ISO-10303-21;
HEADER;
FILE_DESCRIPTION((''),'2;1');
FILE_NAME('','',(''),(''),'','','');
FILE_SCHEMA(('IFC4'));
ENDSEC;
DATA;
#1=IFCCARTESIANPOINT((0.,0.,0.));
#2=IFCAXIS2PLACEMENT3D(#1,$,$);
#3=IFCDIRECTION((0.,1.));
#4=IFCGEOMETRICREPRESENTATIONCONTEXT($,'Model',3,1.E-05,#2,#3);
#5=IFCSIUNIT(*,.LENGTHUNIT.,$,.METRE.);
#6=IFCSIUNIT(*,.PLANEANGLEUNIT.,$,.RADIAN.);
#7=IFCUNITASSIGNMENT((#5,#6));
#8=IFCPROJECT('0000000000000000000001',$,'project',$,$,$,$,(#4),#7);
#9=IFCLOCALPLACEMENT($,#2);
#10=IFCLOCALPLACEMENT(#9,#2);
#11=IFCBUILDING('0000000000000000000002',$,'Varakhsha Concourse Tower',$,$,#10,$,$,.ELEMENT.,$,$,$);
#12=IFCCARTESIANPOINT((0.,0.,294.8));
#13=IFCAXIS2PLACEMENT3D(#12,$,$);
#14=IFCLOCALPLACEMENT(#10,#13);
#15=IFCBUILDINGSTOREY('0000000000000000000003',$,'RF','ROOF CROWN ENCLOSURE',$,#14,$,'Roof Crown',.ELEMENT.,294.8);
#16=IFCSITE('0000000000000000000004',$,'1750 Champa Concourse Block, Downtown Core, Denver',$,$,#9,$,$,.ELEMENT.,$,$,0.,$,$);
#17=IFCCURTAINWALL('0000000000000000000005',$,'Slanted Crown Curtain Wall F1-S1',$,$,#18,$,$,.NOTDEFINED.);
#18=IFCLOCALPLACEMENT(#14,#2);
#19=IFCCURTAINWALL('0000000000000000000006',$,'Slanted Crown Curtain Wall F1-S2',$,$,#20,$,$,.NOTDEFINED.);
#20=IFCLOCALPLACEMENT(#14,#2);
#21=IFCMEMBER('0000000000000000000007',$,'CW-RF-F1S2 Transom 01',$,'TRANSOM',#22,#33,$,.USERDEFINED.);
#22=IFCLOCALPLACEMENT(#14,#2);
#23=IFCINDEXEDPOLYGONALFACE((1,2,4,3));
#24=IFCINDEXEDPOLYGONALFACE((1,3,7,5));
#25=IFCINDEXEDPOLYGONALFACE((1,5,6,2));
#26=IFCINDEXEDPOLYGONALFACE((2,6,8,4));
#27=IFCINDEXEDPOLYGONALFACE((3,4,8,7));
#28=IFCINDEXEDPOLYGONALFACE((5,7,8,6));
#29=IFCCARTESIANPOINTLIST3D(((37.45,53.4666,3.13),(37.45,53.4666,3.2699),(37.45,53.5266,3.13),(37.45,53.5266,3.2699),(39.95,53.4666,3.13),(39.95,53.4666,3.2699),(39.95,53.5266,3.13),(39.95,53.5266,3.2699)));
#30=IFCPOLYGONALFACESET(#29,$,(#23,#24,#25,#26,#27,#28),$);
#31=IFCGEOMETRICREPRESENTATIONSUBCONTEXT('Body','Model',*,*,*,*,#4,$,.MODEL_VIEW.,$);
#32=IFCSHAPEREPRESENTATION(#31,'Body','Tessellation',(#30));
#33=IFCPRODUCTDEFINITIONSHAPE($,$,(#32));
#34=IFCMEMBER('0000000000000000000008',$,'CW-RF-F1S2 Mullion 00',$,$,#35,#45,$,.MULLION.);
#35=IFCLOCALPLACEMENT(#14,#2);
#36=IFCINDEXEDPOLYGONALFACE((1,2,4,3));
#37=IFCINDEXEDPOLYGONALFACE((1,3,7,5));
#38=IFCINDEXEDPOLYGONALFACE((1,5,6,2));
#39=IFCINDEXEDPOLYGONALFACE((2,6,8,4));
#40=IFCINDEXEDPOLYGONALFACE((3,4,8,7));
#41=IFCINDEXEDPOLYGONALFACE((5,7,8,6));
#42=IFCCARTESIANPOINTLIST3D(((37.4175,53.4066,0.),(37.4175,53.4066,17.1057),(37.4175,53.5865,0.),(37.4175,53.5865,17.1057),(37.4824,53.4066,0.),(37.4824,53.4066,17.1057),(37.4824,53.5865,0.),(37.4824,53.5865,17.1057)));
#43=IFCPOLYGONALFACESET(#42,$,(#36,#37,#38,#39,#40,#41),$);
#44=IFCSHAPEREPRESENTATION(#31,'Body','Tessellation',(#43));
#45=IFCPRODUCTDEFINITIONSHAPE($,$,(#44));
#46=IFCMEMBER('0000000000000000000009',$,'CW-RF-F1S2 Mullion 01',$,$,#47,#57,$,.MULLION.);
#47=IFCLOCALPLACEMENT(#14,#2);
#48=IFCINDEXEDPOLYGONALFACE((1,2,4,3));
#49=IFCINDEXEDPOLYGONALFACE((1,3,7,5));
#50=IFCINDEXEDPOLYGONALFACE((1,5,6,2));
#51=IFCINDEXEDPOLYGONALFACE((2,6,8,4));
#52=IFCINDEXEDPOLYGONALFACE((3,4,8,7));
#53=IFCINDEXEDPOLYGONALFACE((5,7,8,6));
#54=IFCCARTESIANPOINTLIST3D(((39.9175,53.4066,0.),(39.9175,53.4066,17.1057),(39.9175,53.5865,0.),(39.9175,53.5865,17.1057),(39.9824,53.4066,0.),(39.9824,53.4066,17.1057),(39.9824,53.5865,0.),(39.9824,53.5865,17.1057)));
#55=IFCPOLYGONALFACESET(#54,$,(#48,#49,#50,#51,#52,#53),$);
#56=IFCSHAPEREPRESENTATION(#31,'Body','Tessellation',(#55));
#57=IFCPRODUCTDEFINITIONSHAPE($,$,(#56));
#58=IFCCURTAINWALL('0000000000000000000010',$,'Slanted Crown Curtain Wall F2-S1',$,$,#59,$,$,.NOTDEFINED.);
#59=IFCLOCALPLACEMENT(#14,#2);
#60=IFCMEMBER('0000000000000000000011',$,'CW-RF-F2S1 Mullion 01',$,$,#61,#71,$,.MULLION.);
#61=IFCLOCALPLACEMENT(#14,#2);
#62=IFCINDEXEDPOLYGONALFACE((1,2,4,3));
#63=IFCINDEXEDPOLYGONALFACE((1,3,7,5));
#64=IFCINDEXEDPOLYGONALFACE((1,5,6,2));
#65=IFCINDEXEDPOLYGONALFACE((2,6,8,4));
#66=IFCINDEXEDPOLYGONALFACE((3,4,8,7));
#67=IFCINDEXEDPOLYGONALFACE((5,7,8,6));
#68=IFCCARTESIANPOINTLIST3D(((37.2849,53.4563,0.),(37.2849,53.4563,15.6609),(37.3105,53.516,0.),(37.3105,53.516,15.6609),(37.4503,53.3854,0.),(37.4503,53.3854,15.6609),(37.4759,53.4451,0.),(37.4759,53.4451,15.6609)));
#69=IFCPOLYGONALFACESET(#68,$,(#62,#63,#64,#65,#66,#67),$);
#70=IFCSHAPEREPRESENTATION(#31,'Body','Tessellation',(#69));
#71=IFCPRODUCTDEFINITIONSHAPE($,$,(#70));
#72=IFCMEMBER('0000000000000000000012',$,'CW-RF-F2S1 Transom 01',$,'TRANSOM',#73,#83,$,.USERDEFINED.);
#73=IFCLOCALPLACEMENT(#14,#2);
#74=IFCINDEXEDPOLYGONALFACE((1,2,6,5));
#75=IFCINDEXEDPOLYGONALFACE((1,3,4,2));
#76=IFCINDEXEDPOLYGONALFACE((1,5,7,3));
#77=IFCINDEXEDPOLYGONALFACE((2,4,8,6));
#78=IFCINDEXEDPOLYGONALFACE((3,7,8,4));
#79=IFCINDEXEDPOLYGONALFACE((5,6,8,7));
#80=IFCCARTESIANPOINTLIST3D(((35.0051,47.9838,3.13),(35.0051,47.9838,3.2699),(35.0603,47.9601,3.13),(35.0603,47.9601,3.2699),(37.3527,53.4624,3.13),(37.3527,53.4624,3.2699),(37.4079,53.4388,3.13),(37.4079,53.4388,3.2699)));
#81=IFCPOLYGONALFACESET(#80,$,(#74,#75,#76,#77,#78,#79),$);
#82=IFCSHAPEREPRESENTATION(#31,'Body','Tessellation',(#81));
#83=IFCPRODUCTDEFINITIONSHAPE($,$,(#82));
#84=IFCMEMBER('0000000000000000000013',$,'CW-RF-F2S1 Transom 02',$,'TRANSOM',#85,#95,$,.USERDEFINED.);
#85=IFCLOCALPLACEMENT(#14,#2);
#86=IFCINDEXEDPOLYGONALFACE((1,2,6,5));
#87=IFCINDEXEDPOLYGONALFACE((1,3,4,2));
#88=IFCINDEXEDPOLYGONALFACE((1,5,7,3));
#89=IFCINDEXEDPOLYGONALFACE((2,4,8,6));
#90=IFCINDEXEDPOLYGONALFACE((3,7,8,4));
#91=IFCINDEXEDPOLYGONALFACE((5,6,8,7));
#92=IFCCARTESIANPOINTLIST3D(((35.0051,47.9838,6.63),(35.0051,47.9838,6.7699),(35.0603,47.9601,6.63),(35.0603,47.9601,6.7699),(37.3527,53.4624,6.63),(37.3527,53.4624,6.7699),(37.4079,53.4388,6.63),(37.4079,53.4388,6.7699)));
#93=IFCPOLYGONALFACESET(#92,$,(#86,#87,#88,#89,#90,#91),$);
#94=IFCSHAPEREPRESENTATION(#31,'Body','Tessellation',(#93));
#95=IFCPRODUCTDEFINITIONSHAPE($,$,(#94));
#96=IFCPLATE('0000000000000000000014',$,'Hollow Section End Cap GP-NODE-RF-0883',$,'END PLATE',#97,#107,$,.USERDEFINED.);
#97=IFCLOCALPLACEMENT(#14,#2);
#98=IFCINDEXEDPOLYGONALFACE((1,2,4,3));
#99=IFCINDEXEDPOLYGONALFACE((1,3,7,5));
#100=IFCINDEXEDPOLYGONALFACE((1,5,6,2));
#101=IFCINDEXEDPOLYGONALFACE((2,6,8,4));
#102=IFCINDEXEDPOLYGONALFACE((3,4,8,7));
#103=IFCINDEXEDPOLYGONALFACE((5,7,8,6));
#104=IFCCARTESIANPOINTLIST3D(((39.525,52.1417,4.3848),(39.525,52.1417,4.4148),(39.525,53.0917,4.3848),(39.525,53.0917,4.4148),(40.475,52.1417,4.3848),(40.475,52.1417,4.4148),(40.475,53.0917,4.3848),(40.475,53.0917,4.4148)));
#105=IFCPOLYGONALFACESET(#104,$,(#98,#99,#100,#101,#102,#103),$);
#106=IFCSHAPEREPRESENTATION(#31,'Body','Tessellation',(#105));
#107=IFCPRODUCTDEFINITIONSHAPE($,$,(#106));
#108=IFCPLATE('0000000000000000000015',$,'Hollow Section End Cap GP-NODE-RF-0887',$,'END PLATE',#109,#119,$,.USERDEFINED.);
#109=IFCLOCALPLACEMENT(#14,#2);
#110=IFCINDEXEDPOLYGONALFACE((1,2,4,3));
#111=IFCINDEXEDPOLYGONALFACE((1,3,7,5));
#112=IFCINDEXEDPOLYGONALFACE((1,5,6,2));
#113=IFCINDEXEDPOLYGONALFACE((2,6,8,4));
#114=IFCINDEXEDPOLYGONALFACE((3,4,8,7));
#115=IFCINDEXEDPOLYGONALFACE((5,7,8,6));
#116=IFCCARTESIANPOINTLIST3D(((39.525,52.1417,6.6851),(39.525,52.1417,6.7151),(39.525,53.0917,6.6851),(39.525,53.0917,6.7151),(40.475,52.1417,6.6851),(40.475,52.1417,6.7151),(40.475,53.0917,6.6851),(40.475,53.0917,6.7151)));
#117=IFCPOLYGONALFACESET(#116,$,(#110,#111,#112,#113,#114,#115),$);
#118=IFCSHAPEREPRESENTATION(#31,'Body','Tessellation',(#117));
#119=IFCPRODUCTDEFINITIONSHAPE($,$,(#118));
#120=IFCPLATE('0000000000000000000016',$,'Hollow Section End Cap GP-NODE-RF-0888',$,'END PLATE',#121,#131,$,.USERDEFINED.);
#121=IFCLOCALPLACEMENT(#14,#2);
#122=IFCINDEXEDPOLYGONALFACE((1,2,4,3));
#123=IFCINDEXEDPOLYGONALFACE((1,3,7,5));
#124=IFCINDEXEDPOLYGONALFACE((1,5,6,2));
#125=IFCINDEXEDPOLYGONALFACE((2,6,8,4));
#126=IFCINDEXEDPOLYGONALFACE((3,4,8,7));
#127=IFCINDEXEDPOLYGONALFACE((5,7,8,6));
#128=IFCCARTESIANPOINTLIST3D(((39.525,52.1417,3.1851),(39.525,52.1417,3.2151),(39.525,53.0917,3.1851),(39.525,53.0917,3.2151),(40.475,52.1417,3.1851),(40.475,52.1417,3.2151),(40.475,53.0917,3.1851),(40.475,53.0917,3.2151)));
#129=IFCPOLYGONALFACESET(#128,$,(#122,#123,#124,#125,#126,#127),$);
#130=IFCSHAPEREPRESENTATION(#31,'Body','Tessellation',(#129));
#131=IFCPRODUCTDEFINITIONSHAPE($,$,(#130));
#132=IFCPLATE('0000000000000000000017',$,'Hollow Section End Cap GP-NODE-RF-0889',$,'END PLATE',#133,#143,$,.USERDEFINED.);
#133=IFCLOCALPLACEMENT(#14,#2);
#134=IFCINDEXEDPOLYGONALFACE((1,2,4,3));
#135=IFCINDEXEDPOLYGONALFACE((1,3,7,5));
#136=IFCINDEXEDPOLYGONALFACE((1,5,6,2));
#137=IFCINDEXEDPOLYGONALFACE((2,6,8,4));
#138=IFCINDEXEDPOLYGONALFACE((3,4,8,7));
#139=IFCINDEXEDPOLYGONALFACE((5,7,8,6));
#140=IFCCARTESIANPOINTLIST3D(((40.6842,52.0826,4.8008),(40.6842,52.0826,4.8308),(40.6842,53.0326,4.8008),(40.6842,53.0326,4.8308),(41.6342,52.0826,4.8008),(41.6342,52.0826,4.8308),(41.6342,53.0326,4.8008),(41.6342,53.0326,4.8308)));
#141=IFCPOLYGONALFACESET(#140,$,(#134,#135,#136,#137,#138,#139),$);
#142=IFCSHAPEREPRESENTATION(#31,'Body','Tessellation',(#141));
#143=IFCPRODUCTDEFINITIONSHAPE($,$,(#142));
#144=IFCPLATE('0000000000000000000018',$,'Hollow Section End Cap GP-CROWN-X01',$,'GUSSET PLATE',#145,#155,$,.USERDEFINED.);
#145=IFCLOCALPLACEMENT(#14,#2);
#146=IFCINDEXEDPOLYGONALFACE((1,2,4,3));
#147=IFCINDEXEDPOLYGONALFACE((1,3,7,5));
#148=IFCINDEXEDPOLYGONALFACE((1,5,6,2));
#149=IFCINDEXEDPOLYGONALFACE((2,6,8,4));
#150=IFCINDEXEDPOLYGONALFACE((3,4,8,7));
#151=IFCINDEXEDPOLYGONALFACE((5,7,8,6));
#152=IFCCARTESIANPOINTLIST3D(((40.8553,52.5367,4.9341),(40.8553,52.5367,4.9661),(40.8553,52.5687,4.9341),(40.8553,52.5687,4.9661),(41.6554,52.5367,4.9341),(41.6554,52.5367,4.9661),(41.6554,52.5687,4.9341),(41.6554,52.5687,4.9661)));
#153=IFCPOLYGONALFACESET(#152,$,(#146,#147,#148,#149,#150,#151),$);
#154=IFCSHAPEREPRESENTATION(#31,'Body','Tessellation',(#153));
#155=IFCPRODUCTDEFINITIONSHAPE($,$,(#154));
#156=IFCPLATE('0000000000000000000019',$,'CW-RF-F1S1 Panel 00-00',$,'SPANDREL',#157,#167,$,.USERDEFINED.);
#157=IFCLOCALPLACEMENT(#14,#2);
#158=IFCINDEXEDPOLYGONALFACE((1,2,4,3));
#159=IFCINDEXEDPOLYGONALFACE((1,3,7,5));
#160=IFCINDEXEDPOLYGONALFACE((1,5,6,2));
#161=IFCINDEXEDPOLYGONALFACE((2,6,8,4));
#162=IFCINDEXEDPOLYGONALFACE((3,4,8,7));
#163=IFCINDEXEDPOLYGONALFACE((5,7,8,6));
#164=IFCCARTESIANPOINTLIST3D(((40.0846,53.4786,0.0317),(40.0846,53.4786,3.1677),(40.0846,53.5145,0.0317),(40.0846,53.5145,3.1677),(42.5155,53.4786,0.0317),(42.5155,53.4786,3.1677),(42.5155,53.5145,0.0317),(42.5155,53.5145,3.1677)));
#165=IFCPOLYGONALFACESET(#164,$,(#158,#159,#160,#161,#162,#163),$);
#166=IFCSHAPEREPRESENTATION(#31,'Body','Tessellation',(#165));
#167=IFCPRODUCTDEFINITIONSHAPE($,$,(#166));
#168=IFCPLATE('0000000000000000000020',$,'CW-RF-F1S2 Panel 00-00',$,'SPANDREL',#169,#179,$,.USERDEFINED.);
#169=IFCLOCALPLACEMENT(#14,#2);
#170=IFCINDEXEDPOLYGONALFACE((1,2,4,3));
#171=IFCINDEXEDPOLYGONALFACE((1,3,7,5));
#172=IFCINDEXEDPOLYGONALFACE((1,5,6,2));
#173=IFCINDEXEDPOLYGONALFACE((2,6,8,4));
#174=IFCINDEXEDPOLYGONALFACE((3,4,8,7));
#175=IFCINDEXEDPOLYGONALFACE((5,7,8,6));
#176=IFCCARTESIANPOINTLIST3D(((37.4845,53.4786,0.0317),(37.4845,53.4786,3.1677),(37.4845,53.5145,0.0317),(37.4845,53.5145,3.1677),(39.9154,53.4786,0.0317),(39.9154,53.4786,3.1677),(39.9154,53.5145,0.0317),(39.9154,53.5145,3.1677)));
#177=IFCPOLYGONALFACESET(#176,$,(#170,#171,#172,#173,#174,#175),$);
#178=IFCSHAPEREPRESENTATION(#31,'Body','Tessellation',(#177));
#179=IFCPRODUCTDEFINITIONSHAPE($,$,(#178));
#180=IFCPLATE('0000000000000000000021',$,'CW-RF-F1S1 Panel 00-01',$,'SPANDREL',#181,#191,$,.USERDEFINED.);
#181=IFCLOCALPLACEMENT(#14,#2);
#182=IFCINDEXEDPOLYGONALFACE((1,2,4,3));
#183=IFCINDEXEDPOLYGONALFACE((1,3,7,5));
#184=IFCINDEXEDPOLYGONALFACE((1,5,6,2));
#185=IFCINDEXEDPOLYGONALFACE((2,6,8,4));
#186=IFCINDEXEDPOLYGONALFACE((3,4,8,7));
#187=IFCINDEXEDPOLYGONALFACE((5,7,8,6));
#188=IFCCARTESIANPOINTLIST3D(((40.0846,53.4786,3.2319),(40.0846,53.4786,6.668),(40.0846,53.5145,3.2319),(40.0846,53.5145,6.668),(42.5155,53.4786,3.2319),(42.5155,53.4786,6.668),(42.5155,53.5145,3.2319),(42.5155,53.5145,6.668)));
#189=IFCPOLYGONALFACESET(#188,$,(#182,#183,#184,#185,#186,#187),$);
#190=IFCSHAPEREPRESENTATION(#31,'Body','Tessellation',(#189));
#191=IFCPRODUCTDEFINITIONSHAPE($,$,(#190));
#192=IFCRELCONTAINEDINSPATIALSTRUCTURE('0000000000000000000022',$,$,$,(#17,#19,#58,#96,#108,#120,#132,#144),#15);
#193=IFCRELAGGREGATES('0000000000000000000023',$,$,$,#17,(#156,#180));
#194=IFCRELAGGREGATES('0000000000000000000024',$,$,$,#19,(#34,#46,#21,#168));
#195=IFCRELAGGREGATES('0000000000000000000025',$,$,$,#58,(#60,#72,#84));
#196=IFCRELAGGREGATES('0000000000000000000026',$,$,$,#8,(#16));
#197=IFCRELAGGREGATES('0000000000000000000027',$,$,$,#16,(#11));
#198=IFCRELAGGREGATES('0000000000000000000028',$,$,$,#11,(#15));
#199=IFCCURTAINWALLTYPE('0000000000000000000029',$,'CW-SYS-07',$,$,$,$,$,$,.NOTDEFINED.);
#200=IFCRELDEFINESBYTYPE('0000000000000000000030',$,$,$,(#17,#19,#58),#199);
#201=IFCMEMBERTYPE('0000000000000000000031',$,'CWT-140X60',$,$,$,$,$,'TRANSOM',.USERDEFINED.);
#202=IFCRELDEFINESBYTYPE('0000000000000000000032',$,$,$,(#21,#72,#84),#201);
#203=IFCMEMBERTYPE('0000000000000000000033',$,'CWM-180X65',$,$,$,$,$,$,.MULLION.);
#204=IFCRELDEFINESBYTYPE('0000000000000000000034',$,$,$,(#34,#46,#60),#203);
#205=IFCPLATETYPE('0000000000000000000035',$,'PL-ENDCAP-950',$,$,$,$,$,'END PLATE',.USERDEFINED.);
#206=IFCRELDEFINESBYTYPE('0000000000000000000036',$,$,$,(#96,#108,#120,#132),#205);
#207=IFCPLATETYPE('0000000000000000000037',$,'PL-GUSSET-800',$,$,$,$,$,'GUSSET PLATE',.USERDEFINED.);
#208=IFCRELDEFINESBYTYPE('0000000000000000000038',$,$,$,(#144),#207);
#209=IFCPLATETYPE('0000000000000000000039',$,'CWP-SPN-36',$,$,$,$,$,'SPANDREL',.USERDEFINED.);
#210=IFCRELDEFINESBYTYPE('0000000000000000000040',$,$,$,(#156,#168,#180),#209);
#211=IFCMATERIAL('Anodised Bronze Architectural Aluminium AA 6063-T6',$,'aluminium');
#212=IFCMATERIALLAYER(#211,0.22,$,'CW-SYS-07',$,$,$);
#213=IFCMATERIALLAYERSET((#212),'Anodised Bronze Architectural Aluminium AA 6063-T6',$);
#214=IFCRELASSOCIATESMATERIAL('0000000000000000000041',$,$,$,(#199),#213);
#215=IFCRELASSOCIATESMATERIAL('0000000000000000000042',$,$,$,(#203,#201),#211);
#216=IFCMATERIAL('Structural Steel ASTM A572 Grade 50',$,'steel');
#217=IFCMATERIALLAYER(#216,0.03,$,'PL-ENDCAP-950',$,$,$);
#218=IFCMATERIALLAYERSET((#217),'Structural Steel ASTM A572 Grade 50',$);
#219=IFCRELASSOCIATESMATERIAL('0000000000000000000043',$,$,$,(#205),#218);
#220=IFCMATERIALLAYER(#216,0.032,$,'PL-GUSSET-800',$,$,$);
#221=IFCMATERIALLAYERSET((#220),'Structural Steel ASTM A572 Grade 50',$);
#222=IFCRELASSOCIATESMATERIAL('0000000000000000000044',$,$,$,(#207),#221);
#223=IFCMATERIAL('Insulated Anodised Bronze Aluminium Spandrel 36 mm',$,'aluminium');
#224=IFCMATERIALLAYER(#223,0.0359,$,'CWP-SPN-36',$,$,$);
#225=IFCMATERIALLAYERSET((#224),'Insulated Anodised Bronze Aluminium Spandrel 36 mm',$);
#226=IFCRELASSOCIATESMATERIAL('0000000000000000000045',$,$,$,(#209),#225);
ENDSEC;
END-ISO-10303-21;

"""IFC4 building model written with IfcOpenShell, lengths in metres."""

from ifc_helpers import new_model, si_unit, direction, frame, origin, origin_2d, place, context, subcontext, project, spatial, rectangle, extrude, source, transform, mapped, material, layer, layer_set, material_profile, profile_set, type_object, type_shapes, element, aggregate, save


model = new_model("IFC4")

# Units and contexts
model_context = context("Model", 3, precision=1e-05, world=origin(), true_north=direction((0.0, 1.0)))
body_context = subcontext(model_context, "Body", "Model", "MODEL_VIEW")
ifc_project = project(units=[si_unit("LENGTHUNIT", "METRE"), si_unit("PLANEANGLEUNIT", "RADIAN")], contexts=[model_context])

# Site, building, storey
site_placement = place(None, origin())
site = spatial("IfcSite", under=ifc_project, at=site_placement, Name="1750 Champa Concourse Block, Downtown Core, Denver", CompositionType="ELEMENT", RefElevation=0.0)
building_placement = place(site_placement, origin())
building = spatial("IfcBuilding", under=site, at=building_placement, Name="Varakhsha Concourse Tower", CompositionType="ELEMENT")
storey_placement = place(building_placement, frame((0.0, 0.0, 294.8)))
storey = spatial("IfcBuildingStorey", under=building, at=storey_placement, Name="RF", Description="ROOF CROWN ENCLOSURE", LongName="Roof Crown", CompositionType="ELEMENT", Elevation=294.8)

# Shared definitions
ifc_material_1 = material(Name="Structural Steel ASTM A572 Grade 50", Category="steel")

# Curtain walls, members
ifc_material_2 = material(Name="Anodised Bronze Architectural Aluminium AA 6063-T6", Category="aluminium")
ifc_layer_1 = layer(ifc_material_2, 0.22, Name="CW-SYS-07")
ifc_layer_set_1 = layer_set([ifc_layer_1], Name="Anodised Bronze Architectural Aluminium AA 6063-T6")
curtain_wall_type = type_object("IfcCurtainWallType", Name="CW-SYS-07", PredefinedType="NOTDEFINED", material=ifc_layer_set_1)
curtain_wall_1_placement = place(storey_placement, origin())
curtain_wall_1 = element("IfcCurtainWall", 1, at=curtain_wall_1_placement, inside=storey, type_object=curtain_wall_type, Name="Slanted Crown Curtain Wall F1-S1", PredefinedType="NOTDEFINED")
ifc_material_profile_1 = material_profile(ifc_material_2, rectangle(XDim=0.0649, YDim=0.1799, at=origin_2d()), Name="CWM-180X65")
ifc_profile_set_1 = profile_set([ifc_material_profile_1], Name="Anodised Bronze Architectural Aluminium AA 6063-T6")
member_type_1 = type_object("IfcMemberType", Name="CWM-180X65", PredefinedType="MULLION", material=ifc_profile_set_1)
ifc_material_profile_2 = material_profile(ifc_material_2, rectangle(XDim=0.0601, YDim=0.1399, at=origin_2d()), Name="CWT-140X60")
ifc_profile_set_2 = profile_set([ifc_material_profile_2], Name="Anodised Bronze Architectural Aluminium AA 6063-T6")
member_type_2 = type_object("IfcMemberType", Name="CWT-140X60", ElementType="TRANSOM", PredefinedType="USERDEFINED", material=ifc_profile_set_2)
shared_shape_1 = source(origin(), body_context, "Body", "SweptSolid", [
    extrude(rectangle(XDim=0.0601, YDim=0.1399, at=origin_2d()), origin(), (0.0, 0.0, 1.0), 2.5),
])
curtain_wall_2_placement = place(storey_placement, origin())
curtain_wall_2 = element("IfcCurtainWall", 2, at=curtain_wall_2_placement, inside=storey, type_object=curtain_wall_type, Name="Slanted Crown Curtain Wall F1-S2", PredefinedType="NOTDEFINED")
member_1_placement = place(storey_placement, frame((37.45, 53.4966, 3.2), z_axis=(1.0, 0.0, 0.0), x_axis=(0.0, 1.0, 0.0)))
member_1 = element("IfcMember", 3, at=member_1_placement, type_object=member_type_2, Name="CW-RF-F1S2 Transom 01", ObjectType="TRANSOM", PredefinedType="USERDEFINED", context=body_context, shape_type="MappedRepresentation", body=[
    mapped(shared_shape_1, transform((0.0, 0.0, 0.0), scale=1.0)),
])
shared_shape_2 = source(origin(), body_context, "Body", "SweptSolid", [
    extrude(rectangle(XDim=0.0649, YDim=0.1799, at=origin_2d()), origin(), (0.0, 0.0, 1.0), 17.1057),
])
member_2_placement = place(storey_placement, frame((37.45, 53.4966, 0.0), z_axis=(0.0, 0.0, 1.0), x_axis=(1.0, 0.0, 0.0)))
member_2 = element("IfcMember", 4, at=member_2_placement, type_object=member_type_1, Name="CW-RF-F1S2 Mullion 00", PredefinedType="MULLION", context=body_context, shape_type="MappedRepresentation", body=[
    mapped(shared_shape_2, transform((0.0, 0.0, 0.0), scale=1.0)),
])
member_3_placement = place(storey_placement, frame((39.95, 53.4966, 0.0), z_axis=(0.0, 0.0, 1.0), x_axis=(1.0, 0.0, 0.0)))
member_3 = element("IfcMember", 5, at=member_3_placement, type_object=member_type_1, Name="CW-RF-F1S2 Mullion 01", PredefinedType="MULLION", context=body_context, shape_type="MappedRepresentation", body=[
    mapped(shared_shape_2, transform((0.0, 0.0, 0.0), scale=1.0)),
])
curtain_wall_3_placement = place(storey_placement, origin())
curtain_wall_3 = element("IfcCurtainWall", 6, at=curtain_wall_3_placement, inside=storey, type_object=curtain_wall_type, Name="Slanted Crown Curtain Wall F2-S1", PredefinedType="NOTDEFINED")
shared_shape_3 = source(origin(), body_context, "Body", "SweptSolid", [
    extrude(rectangle(XDim=0.0649, YDim=0.1799, at=origin_2d()), origin(), (0.0, 0.0, 1.0), 15.6609),
])
member_4_placement = place(storey_placement, frame((37.3804, 53.4507, 0.0), z_axis=(0.0, 0.0, 1.0), x_axis=(0.393841, 0.919179, 0.0)))
member_4 = element("IfcMember", 7, at=member_4_placement, type_object=member_type_1, Name="CW-RF-F2S1 Mullion 01", PredefinedType="MULLION", context=body_context, shape_type="MappedRepresentation", body=[
    mapped(shared_shape_3, transform((0.0, 0.0, 0.0), scale=1.0)),
])
shared_shape_4 = source(origin(), body_context, "Body", "SweptSolid", [
    extrude(rectangle(XDim=0.0601, YDim=0.1399, at=origin_2d()), origin(), (0.0, 0.0, 1.0), 5.9604),
])
type_shapes(member_type_2, [shared_shape_1, shared_shape_4])
member_5_placement = place(storey_placement, frame((35.0327, 47.9719, 3.2), z_axis=(0.393865, 0.919168, 0.0), x_axis=(-0.919168, 0.393865, 0.0)))
member_5 = element("IfcMember", 8, at=member_5_placement, type_object=member_type_2, Name="CW-RF-F2S1 Transom 01", ObjectType="TRANSOM", PredefinedType="USERDEFINED", context=body_context, shape_type="MappedRepresentation", body=[
    mapped(shared_shape_4, transform((0.0, 0.0, 0.0), scale=1.0)),
])
member_6_placement = place(storey_placement, frame((35.0327, 47.9719, 6.7), z_axis=(0.393865, 0.919168, 0.0), x_axis=(-0.919168, 0.393865, 0.0)))
member_6 = element("IfcMember", 9, at=member_6_placement, type_object=member_type_2, Name="CW-RF-F2S1 Transom 02", ObjectType="TRANSOM", PredefinedType="USERDEFINED", context=body_context, shape_type="MappedRepresentation", body=[
    mapped(shared_shape_4, transform((0.0, 0.0, 0.0), scale=1.0)),
])

# Plates
ifc_layer_2 = layer(ifc_material_1, 0.03, Name="PL-ENDCAP-950")
ifc_layer_set_2 = layer_set([ifc_layer_2], Name="Structural Steel ASTM A572 Grade 50")
plate_type_1 = type_object("IfcPlateType", Name="PL-ENDCAP-950", ElementType="END PLATE", PredefinedType="USERDEFINED", material=ifc_layer_set_2)
shared_shape_5 = source(origin(), body_context, "Body", "SweptSolid", [
    extrude(rectangle(XDim=0.95, YDim=0.95, at=origin_2d()), origin(), (0.0, 0.0, 1.0), 0.03),
])
type_shapes(plate_type_1, [shared_shape_5])
for number, where, z_axis, x_axis, name in (
    (10, (40.0, 52.6167, 4.3848), (0.0, 0.0, 1.0), (1.0, 0.0, 0.0), "Hollow Section End Cap GP-NODE-RF-0883"),
    (11, (40.0, 52.6167, 6.6851), (0.0, 0.0, 1.0), (1.0, 0.0, 0.0), "Hollow Section End Cap GP-NODE-RF-0887"),
    (12, (40.0, 52.6167, 3.1851), (0.0, 0.0, 1.0), (1.0, 0.0, 0.0), "Hollow Section End Cap GP-NODE-RF-0888"),
    (13, (41.1592, 52.5576, 4.8008), (0.0, 0.0, 1.0), (1.0, 0.0, 0.0), "Hollow Section End Cap GP-NODE-RF-0889"),
):
    element("IfcPlate", number, at=place(storey_placement, frame(where, z_axis=z_axis, x_axis=x_axis)), inside=storey, type_object=plate_type_1, Name=name, ObjectType="END PLATE", PredefinedType="USERDEFINED", context=body_context, shape_type="MappedRepresentation", body=[
        mapped(shared_shape_5, transform((0.0, 0.0, 0.0), scale=1.0)),
    ])
ifc_layer_3 = layer(ifc_material_1, 0.032, Name="PL-GUSSET-800")
ifc_layer_set_3 = layer_set([ifc_layer_3], Name="Structural Steel ASTM A572 Grade 50")
plate_type_2 = type_object("IfcPlateType", Name="PL-GUSSET-800", ElementType="GUSSET PLATE", PredefinedType="USERDEFINED", material=ifc_layer_set_3)
shared_shape_6 = source(origin(), body_context, "Body", "SweptSolid", [
    extrude(rectangle(XDim=0.8, YDim=0.032, at=origin_2d()), origin(), (0.0, 0.0, 1.0), 0.032),
])
type_shapes(plate_type_2, [shared_shape_6])
plate_1_placement = place(storey_placement, frame((41.2554, 52.5527, 4.9341), z_axis=(0.0, 0.0, 1.0), x_axis=(1.0, 0.0, 0.0)))
element("IfcPlate", 14, at=plate_1_placement, inside=storey, type_object=plate_type_2, Name="Hollow Section End Cap GP-CROWN-X01", ObjectType="GUSSET PLATE", PredefinedType="USERDEFINED", context=body_context, shape_type="MappedRepresentation", body=[
    mapped(shared_shape_6, transform((0.0, 0.0, 0.0), scale=1.0)),
])

# Plates
ifc_material_3 = material(Name="Insulated Anodised Bronze Aluminium Spandrel 36 mm", Category="aluminium")
ifc_layer_4 = layer(ifc_material_3, 0.0359, Name="CWP-SPN-36")
ifc_layer_set_4 = layer_set([ifc_layer_4], Name="Insulated Anodised Bronze Aluminium Spandrel 36 mm")
plate_type_3 = type_object("IfcPlateType", Name="CWP-SPN-36", ElementType="SPANDREL", PredefinedType="USERDEFINED", material=ifc_layer_set_4)
shared_shape_7 = source(origin(), body_context, "Body", "SweptSolid", [
    extrude(rectangle(XDim=2.4309, YDim=0.0359, at=origin_2d()), origin(), (0.0, 0.0, 1.0), 3.136),
])
plate_2_placement = place(storey_placement, frame((41.3, 53.4966, 0.0317), z_axis=(0.0, 0.0, 1.0), x_axis=(1.0, 0.0, 0.0)))
plate_2 = element("IfcPlate", 15, at=plate_2_placement, type_object=plate_type_3, Name="CW-RF-F1S1 Panel 00-00", ObjectType="SPANDREL", PredefinedType="USERDEFINED", context=body_context, shape_type="MappedRepresentation", body=[
    mapped(shared_shape_7, transform((0.0, 0.0, 0.0), scale=1.0)),
])
plate_3_placement = place(storey_placement, frame((38.7, 53.4966, 0.0317), z_axis=(0.0, 0.0, 1.0), x_axis=(1.0, 0.0, 0.0)))
plate_3 = element("IfcPlate", 16, at=plate_3_placement, type_object=plate_type_3, Name="CW-RF-F1S2 Panel 00-00", ObjectType="SPANDREL", PredefinedType="USERDEFINED", context=body_context, shape_type="MappedRepresentation", body=[
    mapped(shared_shape_7, transform((0.0, 0.0, 0.0), scale=1.0)),
])
shared_shape_8 = source(origin(), body_context, "Body", "SweptSolid", [
    extrude(rectangle(XDim=2.4309, YDim=0.0359, at=origin_2d()), origin(), (0.0, 0.0, 1.0), 3.436),
])
type_shapes(plate_type_3, [shared_shape_7, shared_shape_8])
plate_4_placement = place(storey_placement, frame((41.3, 53.4966, 3.2319), z_axis=(0.0, 0.0, 1.0), x_axis=(1.0, 0.0, 0.0)))
plate_4 = element("IfcPlate", 17, at=plate_4_placement, type_object=plate_type_3, Name="CW-RF-F1S1 Panel 00-01", ObjectType="SPANDREL", PredefinedType="USERDEFINED", context=body_context, shape_type="MappedRepresentation", body=[
    mapped(shared_shape_8, transform((0.0, 0.0, 0.0), scale=1.0)),
])
aggregate(curtain_wall_1, [plate_2, plate_4])
aggregate(curtain_wall_2, [member_2, member_3, member_1, plate_3])
aggregate(curtain_wall_3, [member_4, member_5, member_6])

save(model, "model.ifc")
